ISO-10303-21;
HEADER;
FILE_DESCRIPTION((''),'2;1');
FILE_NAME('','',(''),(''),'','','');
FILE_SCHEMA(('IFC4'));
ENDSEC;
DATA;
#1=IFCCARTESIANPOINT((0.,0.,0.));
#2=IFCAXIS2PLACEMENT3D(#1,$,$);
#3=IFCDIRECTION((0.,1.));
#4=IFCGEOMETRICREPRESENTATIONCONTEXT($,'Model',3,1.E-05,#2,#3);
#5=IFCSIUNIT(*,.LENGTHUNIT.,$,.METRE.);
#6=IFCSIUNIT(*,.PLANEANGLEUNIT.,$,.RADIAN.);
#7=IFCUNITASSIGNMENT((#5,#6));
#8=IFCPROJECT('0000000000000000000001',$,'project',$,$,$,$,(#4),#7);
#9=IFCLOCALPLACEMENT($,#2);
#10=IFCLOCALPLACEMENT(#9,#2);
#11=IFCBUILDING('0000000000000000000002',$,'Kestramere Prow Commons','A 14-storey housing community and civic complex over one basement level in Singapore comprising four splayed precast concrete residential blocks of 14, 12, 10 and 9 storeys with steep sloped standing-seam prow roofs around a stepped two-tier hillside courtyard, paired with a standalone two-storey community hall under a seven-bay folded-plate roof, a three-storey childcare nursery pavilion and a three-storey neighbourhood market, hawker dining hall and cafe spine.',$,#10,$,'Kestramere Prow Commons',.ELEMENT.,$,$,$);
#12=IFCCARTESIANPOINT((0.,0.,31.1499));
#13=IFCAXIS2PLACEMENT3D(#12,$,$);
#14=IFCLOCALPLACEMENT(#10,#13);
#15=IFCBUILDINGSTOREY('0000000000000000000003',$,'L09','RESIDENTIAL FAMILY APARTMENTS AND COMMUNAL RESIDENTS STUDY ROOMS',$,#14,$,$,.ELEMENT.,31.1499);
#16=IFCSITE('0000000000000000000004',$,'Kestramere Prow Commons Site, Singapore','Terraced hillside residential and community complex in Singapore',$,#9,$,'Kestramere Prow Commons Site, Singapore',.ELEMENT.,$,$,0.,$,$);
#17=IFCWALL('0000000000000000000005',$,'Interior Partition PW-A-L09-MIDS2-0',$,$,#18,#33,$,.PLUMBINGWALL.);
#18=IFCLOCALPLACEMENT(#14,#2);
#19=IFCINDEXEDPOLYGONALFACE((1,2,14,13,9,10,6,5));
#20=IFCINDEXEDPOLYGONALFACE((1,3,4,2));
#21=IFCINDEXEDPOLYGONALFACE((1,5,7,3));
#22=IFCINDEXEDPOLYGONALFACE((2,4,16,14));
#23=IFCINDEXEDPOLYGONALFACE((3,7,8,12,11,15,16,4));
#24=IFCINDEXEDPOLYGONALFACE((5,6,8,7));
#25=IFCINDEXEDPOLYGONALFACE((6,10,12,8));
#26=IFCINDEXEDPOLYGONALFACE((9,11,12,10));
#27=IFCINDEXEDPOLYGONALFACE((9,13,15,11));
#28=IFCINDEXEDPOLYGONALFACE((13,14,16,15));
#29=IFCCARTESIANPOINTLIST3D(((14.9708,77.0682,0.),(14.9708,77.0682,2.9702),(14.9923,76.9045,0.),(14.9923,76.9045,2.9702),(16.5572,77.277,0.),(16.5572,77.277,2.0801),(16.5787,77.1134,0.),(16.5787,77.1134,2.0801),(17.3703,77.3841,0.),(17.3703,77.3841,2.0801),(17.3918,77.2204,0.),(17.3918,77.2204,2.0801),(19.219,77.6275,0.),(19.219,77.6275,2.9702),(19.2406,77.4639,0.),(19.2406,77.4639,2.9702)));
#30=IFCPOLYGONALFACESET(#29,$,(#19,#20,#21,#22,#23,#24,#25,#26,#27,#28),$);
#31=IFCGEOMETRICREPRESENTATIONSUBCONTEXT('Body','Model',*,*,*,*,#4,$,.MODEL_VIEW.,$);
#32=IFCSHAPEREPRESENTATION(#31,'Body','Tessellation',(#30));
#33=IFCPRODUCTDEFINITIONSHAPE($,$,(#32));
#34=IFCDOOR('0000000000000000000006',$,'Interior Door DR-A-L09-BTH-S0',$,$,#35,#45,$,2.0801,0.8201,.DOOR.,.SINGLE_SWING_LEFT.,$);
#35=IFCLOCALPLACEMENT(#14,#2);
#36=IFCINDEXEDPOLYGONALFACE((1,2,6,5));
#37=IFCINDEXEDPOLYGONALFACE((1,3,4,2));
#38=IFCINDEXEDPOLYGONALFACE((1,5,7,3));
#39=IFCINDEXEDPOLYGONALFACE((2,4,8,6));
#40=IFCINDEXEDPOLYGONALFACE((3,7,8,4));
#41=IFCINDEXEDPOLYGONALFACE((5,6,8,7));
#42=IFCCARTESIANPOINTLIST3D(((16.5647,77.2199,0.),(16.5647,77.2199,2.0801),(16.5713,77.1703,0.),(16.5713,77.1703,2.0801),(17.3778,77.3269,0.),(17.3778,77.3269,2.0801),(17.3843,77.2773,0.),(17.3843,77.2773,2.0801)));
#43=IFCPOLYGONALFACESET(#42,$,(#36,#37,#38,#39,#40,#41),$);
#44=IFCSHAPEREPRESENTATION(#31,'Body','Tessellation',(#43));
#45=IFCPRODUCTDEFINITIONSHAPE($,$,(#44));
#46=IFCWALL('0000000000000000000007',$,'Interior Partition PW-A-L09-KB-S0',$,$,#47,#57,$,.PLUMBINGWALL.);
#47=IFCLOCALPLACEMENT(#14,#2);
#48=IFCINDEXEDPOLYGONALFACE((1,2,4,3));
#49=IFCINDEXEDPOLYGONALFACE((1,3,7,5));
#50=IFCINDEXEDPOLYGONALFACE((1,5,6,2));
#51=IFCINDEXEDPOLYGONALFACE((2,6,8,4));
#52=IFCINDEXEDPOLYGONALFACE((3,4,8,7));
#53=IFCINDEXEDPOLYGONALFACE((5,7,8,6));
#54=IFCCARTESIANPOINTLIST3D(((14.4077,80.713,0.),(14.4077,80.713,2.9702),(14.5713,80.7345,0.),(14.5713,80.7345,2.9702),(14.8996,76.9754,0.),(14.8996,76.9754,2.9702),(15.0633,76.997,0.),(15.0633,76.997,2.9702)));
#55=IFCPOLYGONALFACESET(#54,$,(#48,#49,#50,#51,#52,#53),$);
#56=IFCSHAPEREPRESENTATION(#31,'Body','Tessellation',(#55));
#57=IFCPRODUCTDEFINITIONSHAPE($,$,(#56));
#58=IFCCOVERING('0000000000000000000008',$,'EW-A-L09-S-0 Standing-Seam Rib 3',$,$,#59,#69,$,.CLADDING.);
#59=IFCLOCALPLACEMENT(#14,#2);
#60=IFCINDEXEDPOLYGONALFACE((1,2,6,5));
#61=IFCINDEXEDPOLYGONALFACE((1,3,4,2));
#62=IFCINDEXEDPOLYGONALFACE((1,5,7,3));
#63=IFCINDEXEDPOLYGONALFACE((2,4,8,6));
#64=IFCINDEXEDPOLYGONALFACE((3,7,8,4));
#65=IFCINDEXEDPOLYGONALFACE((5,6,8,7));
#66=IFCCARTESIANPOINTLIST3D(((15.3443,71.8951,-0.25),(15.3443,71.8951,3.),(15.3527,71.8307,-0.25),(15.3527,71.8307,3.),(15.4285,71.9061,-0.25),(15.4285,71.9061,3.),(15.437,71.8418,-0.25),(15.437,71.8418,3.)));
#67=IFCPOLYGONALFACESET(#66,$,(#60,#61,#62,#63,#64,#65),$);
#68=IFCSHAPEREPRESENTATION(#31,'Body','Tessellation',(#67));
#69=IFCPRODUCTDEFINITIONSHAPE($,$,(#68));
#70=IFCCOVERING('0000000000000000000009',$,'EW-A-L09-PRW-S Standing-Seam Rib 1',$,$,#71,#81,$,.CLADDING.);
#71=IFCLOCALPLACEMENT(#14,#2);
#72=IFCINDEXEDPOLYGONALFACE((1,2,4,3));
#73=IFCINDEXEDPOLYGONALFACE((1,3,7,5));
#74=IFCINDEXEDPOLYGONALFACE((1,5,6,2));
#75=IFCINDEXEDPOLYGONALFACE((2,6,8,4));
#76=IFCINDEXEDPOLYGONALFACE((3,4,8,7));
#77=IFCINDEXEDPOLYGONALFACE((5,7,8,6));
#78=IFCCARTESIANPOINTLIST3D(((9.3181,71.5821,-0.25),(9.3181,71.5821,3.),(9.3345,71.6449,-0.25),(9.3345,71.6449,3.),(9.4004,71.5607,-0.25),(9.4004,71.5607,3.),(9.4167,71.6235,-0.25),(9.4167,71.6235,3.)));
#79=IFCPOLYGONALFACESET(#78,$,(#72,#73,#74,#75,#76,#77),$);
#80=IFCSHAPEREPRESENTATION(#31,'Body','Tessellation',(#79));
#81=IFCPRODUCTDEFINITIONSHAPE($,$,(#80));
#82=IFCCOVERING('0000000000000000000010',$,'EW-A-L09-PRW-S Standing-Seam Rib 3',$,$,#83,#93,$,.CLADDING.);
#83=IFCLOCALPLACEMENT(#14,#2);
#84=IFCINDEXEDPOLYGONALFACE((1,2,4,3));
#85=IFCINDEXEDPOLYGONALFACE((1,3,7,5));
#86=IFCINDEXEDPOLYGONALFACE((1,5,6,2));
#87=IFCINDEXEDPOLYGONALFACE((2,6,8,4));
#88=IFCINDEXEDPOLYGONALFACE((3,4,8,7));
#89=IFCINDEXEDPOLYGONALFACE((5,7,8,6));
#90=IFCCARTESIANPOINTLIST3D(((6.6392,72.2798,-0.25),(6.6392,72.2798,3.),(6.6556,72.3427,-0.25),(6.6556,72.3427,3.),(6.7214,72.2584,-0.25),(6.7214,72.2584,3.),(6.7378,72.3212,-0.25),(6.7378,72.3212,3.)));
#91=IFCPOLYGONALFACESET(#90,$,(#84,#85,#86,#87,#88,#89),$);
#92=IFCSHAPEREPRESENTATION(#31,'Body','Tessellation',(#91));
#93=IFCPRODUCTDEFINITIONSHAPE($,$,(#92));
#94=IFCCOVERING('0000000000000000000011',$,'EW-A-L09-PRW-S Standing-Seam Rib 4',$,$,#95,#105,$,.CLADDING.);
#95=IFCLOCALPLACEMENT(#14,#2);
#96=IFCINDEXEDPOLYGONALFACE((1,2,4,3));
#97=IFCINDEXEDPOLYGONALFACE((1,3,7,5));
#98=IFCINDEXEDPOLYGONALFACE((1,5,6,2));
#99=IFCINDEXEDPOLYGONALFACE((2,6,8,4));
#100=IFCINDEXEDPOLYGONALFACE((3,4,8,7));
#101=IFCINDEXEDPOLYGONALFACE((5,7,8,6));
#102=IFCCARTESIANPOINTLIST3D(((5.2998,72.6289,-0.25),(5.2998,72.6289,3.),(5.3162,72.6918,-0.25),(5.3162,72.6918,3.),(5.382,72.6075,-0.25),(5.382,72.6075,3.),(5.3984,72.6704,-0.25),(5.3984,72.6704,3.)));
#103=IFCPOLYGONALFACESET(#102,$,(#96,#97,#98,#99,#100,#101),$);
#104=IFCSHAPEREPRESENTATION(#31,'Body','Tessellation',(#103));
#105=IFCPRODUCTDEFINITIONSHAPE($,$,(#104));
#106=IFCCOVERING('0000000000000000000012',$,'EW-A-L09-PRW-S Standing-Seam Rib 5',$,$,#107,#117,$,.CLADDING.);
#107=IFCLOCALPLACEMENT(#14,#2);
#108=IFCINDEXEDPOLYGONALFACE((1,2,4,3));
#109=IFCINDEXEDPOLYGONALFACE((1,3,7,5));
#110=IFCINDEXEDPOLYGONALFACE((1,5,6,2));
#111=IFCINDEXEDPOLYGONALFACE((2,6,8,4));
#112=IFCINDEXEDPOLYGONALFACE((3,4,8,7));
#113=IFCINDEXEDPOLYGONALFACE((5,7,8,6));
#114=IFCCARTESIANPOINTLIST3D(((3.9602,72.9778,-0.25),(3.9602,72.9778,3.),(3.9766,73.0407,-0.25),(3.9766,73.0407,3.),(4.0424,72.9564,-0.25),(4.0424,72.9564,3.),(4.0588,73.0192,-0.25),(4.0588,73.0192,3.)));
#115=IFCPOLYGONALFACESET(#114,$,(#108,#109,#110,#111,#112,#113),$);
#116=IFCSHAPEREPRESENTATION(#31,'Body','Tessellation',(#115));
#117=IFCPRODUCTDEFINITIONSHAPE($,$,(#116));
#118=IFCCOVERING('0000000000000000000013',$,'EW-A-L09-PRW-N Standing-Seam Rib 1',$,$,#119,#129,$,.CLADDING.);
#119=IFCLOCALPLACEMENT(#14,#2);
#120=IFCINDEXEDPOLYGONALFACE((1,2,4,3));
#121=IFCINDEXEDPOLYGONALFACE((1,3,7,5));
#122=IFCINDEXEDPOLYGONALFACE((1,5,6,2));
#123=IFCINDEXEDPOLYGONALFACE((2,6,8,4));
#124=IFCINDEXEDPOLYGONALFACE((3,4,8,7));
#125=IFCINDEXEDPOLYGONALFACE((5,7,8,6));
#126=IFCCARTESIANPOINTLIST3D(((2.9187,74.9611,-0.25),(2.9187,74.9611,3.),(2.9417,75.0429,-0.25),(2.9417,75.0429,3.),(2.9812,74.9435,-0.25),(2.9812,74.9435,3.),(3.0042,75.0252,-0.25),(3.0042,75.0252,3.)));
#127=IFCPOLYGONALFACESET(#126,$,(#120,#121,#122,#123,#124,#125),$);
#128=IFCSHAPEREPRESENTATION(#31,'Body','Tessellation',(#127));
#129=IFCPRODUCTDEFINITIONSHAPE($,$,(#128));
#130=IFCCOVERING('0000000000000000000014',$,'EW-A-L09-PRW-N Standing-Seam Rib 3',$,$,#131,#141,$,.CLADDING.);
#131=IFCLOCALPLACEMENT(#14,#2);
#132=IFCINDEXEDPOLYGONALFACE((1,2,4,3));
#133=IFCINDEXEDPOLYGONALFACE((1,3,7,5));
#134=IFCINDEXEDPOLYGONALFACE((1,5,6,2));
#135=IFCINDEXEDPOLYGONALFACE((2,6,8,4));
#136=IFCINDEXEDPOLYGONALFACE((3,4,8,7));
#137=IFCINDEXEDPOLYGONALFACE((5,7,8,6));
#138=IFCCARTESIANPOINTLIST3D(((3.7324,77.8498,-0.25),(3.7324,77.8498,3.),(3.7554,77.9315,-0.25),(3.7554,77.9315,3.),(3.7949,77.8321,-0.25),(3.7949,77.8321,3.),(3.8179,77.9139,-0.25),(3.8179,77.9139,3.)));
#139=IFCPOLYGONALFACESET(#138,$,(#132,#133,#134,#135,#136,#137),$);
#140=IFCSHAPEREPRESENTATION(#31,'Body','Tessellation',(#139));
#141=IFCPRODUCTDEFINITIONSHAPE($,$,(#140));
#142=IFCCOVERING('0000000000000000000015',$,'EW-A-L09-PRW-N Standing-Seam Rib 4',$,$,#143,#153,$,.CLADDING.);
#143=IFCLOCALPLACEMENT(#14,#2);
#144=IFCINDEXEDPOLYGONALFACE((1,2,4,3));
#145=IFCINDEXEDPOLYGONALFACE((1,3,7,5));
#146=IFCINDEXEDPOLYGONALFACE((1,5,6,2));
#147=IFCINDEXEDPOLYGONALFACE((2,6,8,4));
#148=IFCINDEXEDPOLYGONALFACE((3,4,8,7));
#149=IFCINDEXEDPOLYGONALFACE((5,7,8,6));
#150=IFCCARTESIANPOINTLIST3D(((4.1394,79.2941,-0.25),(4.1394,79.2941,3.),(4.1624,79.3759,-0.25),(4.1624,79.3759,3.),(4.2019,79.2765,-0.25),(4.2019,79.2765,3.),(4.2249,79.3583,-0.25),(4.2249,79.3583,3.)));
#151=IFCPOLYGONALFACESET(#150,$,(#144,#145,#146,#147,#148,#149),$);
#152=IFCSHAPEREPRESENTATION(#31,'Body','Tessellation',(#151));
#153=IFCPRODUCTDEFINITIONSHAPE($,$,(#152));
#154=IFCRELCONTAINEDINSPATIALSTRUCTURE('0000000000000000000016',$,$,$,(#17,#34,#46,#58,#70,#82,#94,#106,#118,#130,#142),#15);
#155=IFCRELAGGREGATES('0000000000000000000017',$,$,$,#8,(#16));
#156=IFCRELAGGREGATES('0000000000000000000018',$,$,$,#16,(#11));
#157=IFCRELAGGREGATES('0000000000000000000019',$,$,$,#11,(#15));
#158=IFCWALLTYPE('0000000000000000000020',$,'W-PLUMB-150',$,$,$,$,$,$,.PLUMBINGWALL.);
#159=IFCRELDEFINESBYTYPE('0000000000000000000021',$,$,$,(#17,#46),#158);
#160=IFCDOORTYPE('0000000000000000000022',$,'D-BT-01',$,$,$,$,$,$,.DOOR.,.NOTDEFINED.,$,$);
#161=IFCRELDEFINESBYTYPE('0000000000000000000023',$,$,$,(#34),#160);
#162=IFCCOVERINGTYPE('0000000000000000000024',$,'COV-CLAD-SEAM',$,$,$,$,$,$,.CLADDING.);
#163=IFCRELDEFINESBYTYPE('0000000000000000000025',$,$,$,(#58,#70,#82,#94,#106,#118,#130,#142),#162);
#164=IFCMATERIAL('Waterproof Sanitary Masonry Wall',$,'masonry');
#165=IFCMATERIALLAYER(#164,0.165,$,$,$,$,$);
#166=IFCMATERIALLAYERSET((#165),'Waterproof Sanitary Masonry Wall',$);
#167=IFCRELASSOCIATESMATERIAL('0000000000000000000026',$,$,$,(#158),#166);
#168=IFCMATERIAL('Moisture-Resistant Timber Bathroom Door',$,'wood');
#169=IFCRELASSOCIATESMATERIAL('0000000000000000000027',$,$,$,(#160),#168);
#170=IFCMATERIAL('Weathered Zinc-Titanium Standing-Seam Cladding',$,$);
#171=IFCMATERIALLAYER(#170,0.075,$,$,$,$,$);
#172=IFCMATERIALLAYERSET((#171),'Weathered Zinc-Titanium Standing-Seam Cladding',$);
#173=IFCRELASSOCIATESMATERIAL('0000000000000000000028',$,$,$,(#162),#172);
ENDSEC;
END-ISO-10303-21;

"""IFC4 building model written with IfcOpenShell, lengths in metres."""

from ifc_helpers import new_model, si_unit, direction, frame, frame_2d, origin, origin_2d, place, context, subcontext, project, spatial, rectangle, extrude, material, layer, layer_set, type_object, element, fill, save


model = new_model("IFC4")

# Units and contexts
model_context = context("Model", 3, precision=1e-05, world=origin(), true_north=direction((0.0, 1.0)))
body_context = subcontext(model_context, "Body", "Model", "MODEL_VIEW")
ifc_project = project(units=[si_unit("LENGTHUNIT", "METRE"), si_unit("PLANEANGLEUNIT", "RADIAN")], contexts=[model_context])

# Site, building, storey
site_placement = place(None, origin())
site = spatial("IfcSite", under=ifc_project, at=site_placement, Name="Kestramere Prow Commons Site, Singapore", Description="Terraced hillside residential and community complex in Singapore", LongName="Kestramere Prow Commons Site, Singapore", CompositionType="ELEMENT", RefElevation=0.0)
building_placement = place(site_placement, origin())
building = spatial("IfcBuilding", under=site, at=building_placement, Name="Kestramere Prow Commons", Description="A 14-storey housing community and civic complex over one basement level in Singapore comprising four splayed precast concrete residential blocks of 14, 12, 10 and 9 storeys with steep sloped standing-seam prow roofs around a stepped two-tier hillside courtyard, paired with a standalone two-storey community hall under a seven-bay folded-plate roof, a three-storey childcare nursery pavilion and a three-storey neighbourhood market, hawker dining hall and cafe spine.", LongName="Kestramere Prow Commons", CompositionType="ELEMENT")
storey_placement = place(building_placement, frame((0.0, 0.0, 31.1499)))
storey = spatial("IfcBuildingStorey", under=building, at=storey_placement, Name="L09", Description="RESIDENTIAL FAMILY APARTMENTS AND COMMUNAL RESIDENTS STUDY ROOMS", CompositionType="ELEMENT", Elevation=31.1499)

# Shared definitions
ifc_material_1 = material(Name="Weathered Zinc-Titanium Standing-Seam Cladding")

# Shared definitions
ifc_material_2 = material(Name="Waterproof Sanitary Masonry Wall", Category="masonry")
ifc_layer_1 = layer(ifc_material_2, 0.165)
ifc_layer_set_1 = layer_set([ifc_layer_1], Name="Waterproof Sanitary Masonry Wall")
wall_type_1 = type_object("IfcWallType", Name="W-PLUMB-150", PredefinedType="PLUMBINGWALL", material=ifc_layer_set_1)

# Wall, opening, door
wall_1_placement = place(storey_placement, frame((14.9814, 76.9863, 0.0), z_axis=(0.0, 0.0, 1.0), x_axis=(0.991444, 0.130533, 0.0)))
wall_1 = element("IfcWall", 1, at=wall_1_placement, inside=storey, type_object=wall_type_1, Name="Interior Partition PW-A-L09-MIDS2-0", PredefinedType="PLUMBINGWALL", context=body_context, shape_type="SweptSolid", body=[
    extrude(rectangle(XDim=4.2849, YDim=0.165, at=frame_2d((2.1426, 0.0))), origin(), (0.0, 0.0, 1.0), 2.9702),
])
opening_1_placement = place(wall_1_placement, frame((1.6001, 0.0, 0.0)))
opening_1 = element("IfcOpeningElement", 2, at=opening_1_placement, cuts=wall_1, PredefinedType="OPENING", context=body_context, shape_type="SweptSolid", body=[
    extrude(rectangle(XDim=0.8201, YDim=2.0801, at=frame_2d((0.4102, 1.04))), frame((0.0, 0.0974, 0.0), z_axis=(0.0, -1.0, 0.0), x_axis=(1.0, 0.0, 0.0)), (0.0, 0.0, 1.0), 0.1951),
])
ifc_material_3 = material(Name="Moisture-Resistant Timber Bathroom Door", Category="wood")
door_type_1 = type_object("IfcDoorType", Name="D-BT-01", OperationType="NOTDEFINED", PredefinedType="DOOR", material=ifc_material_3)
door_1_placement = place(opening_1_placement, origin())
door_1 = element("IfcDoor", 3, at=door_1_placement, inside=storey, type_object=door_type_1, Name="Interior Door DR-A-L09-BTH-S0", OperationType="SINGLE_SWING_LEFT", OverallHeight=2.0801, OverallWidth=0.8201, PredefinedType="DOOR", context=body_context, shape_type="SweptSolid", body=[
    extrude(rectangle(XDim=0.8201, YDim=2.0801, at=frame_2d((0.4102, 1.04))), frame((0.0, 0.0249, 0.0), z_axis=(0.0, -1.0, 0.0), x_axis=(1.0, 0.0, 0.0)), (0.0, 0.0, 1.0), 0.05),
])
fill(opening_1, door_1)

# Wall
wall_2_placement = place(storey_placement, frame((14.9814, 76.9863, 0.0), z_axis=(0.0, 0.0, 1.0), x_axis=(-0.130496, 0.991449, 0.0)))
element("IfcWall", 4, at=wall_2_placement, inside=storey, type_object=wall_type_1, Name="Interior Partition PW-A-L09-KB-S0", PredefinedType="PLUMBINGWALL", context=body_context, shape_type="SweptSolid", body=[
    extrude(rectangle(XDim=3.7698, YDim=0.165, at=frame_2d((1.8848, 0.0))), origin(), (0.0, 0.0, 1.0), 2.9702),
])

# Coverings
ifc_layer_2 = layer(ifc_material_1, 0.075)
ifc_layer_set_2 = layer_set([ifc_layer_2], Name="Weathered Zinc-Titanium Standing-Seam Cladding")
covering_type = type_object("IfcCoveringType", Name="COV-CLAD-SEAM", PredefinedType="CLADDING", material=ifc_layer_set_2)
for number, where, z_axis, x_axis, name in (
    (5, (15.3906, 71.8684, -0.25), (0.0, 0.0, 1.0), (-0.991445, -0.130526, 0.0), "EW-A-L09-S-0 Standing-Seam Rib 3"),
    (6, (9.3674, 71.6028, -0.25), (0.0, 0.0, 1.0), (-0.967698, 0.252112, 0.0), "EW-A-L09-PRW-S Standing-Seam Rib 1"),
    (7, (6.6885, 72.3005, -0.25), (0.0, 0.0, 1.0), (-0.967698, 0.252112, 0.0), "EW-A-L09-PRW-S Standing-Seam Rib 3"),
    (8, (5.3491, 72.6497, -0.25), (0.0, 0.0, 1.0), (-0.967698, 0.252112, 0.0), "EW-A-L09-PRW-S Standing-Seam Rib 4"),
    (9, (4.0095, 72.9985, -0.25), (0.0, 0.0, 1.0), (-0.967698, 0.252112, 0.0), "EW-A-L09-PRW-S Standing-Seam Rib 5"),
    (10, (2.9614, 74.9932, -0.25), (0.0, 0.0, 1.0), (0.27116, 0.962534, 0.0), "EW-A-L09-PRW-N Standing-Seam Rib 1"),
    (11, (3.7751, 77.8818, -0.25), (0.0, 0.0, 1.0), (0.27116, 0.962534, 0.0), "EW-A-L09-PRW-N Standing-Seam Rib 3"),
    (12, (4.1821, 79.3262, -0.25), (0.0, 0.0, 1.0), (0.27116, 0.962534, 0.0), "EW-A-L09-PRW-N Standing-Seam Rib 4"),
):
    element("IfcCovering", number, at=place(storey_placement, frame(where, z_axis=z_axis, x_axis=x_axis)), inside=storey, type_object=covering_type, Name=name, PredefinedType="CLADDING", context=body_context, shape_type="SweptSolid", body=[
        extrude(rectangle(XDim=0.085, YDim=0.0649, at=origin_2d()), origin(), (0.0, 0.0, 1.0), 3.25),
    ])

save(model, "model.ifc")
